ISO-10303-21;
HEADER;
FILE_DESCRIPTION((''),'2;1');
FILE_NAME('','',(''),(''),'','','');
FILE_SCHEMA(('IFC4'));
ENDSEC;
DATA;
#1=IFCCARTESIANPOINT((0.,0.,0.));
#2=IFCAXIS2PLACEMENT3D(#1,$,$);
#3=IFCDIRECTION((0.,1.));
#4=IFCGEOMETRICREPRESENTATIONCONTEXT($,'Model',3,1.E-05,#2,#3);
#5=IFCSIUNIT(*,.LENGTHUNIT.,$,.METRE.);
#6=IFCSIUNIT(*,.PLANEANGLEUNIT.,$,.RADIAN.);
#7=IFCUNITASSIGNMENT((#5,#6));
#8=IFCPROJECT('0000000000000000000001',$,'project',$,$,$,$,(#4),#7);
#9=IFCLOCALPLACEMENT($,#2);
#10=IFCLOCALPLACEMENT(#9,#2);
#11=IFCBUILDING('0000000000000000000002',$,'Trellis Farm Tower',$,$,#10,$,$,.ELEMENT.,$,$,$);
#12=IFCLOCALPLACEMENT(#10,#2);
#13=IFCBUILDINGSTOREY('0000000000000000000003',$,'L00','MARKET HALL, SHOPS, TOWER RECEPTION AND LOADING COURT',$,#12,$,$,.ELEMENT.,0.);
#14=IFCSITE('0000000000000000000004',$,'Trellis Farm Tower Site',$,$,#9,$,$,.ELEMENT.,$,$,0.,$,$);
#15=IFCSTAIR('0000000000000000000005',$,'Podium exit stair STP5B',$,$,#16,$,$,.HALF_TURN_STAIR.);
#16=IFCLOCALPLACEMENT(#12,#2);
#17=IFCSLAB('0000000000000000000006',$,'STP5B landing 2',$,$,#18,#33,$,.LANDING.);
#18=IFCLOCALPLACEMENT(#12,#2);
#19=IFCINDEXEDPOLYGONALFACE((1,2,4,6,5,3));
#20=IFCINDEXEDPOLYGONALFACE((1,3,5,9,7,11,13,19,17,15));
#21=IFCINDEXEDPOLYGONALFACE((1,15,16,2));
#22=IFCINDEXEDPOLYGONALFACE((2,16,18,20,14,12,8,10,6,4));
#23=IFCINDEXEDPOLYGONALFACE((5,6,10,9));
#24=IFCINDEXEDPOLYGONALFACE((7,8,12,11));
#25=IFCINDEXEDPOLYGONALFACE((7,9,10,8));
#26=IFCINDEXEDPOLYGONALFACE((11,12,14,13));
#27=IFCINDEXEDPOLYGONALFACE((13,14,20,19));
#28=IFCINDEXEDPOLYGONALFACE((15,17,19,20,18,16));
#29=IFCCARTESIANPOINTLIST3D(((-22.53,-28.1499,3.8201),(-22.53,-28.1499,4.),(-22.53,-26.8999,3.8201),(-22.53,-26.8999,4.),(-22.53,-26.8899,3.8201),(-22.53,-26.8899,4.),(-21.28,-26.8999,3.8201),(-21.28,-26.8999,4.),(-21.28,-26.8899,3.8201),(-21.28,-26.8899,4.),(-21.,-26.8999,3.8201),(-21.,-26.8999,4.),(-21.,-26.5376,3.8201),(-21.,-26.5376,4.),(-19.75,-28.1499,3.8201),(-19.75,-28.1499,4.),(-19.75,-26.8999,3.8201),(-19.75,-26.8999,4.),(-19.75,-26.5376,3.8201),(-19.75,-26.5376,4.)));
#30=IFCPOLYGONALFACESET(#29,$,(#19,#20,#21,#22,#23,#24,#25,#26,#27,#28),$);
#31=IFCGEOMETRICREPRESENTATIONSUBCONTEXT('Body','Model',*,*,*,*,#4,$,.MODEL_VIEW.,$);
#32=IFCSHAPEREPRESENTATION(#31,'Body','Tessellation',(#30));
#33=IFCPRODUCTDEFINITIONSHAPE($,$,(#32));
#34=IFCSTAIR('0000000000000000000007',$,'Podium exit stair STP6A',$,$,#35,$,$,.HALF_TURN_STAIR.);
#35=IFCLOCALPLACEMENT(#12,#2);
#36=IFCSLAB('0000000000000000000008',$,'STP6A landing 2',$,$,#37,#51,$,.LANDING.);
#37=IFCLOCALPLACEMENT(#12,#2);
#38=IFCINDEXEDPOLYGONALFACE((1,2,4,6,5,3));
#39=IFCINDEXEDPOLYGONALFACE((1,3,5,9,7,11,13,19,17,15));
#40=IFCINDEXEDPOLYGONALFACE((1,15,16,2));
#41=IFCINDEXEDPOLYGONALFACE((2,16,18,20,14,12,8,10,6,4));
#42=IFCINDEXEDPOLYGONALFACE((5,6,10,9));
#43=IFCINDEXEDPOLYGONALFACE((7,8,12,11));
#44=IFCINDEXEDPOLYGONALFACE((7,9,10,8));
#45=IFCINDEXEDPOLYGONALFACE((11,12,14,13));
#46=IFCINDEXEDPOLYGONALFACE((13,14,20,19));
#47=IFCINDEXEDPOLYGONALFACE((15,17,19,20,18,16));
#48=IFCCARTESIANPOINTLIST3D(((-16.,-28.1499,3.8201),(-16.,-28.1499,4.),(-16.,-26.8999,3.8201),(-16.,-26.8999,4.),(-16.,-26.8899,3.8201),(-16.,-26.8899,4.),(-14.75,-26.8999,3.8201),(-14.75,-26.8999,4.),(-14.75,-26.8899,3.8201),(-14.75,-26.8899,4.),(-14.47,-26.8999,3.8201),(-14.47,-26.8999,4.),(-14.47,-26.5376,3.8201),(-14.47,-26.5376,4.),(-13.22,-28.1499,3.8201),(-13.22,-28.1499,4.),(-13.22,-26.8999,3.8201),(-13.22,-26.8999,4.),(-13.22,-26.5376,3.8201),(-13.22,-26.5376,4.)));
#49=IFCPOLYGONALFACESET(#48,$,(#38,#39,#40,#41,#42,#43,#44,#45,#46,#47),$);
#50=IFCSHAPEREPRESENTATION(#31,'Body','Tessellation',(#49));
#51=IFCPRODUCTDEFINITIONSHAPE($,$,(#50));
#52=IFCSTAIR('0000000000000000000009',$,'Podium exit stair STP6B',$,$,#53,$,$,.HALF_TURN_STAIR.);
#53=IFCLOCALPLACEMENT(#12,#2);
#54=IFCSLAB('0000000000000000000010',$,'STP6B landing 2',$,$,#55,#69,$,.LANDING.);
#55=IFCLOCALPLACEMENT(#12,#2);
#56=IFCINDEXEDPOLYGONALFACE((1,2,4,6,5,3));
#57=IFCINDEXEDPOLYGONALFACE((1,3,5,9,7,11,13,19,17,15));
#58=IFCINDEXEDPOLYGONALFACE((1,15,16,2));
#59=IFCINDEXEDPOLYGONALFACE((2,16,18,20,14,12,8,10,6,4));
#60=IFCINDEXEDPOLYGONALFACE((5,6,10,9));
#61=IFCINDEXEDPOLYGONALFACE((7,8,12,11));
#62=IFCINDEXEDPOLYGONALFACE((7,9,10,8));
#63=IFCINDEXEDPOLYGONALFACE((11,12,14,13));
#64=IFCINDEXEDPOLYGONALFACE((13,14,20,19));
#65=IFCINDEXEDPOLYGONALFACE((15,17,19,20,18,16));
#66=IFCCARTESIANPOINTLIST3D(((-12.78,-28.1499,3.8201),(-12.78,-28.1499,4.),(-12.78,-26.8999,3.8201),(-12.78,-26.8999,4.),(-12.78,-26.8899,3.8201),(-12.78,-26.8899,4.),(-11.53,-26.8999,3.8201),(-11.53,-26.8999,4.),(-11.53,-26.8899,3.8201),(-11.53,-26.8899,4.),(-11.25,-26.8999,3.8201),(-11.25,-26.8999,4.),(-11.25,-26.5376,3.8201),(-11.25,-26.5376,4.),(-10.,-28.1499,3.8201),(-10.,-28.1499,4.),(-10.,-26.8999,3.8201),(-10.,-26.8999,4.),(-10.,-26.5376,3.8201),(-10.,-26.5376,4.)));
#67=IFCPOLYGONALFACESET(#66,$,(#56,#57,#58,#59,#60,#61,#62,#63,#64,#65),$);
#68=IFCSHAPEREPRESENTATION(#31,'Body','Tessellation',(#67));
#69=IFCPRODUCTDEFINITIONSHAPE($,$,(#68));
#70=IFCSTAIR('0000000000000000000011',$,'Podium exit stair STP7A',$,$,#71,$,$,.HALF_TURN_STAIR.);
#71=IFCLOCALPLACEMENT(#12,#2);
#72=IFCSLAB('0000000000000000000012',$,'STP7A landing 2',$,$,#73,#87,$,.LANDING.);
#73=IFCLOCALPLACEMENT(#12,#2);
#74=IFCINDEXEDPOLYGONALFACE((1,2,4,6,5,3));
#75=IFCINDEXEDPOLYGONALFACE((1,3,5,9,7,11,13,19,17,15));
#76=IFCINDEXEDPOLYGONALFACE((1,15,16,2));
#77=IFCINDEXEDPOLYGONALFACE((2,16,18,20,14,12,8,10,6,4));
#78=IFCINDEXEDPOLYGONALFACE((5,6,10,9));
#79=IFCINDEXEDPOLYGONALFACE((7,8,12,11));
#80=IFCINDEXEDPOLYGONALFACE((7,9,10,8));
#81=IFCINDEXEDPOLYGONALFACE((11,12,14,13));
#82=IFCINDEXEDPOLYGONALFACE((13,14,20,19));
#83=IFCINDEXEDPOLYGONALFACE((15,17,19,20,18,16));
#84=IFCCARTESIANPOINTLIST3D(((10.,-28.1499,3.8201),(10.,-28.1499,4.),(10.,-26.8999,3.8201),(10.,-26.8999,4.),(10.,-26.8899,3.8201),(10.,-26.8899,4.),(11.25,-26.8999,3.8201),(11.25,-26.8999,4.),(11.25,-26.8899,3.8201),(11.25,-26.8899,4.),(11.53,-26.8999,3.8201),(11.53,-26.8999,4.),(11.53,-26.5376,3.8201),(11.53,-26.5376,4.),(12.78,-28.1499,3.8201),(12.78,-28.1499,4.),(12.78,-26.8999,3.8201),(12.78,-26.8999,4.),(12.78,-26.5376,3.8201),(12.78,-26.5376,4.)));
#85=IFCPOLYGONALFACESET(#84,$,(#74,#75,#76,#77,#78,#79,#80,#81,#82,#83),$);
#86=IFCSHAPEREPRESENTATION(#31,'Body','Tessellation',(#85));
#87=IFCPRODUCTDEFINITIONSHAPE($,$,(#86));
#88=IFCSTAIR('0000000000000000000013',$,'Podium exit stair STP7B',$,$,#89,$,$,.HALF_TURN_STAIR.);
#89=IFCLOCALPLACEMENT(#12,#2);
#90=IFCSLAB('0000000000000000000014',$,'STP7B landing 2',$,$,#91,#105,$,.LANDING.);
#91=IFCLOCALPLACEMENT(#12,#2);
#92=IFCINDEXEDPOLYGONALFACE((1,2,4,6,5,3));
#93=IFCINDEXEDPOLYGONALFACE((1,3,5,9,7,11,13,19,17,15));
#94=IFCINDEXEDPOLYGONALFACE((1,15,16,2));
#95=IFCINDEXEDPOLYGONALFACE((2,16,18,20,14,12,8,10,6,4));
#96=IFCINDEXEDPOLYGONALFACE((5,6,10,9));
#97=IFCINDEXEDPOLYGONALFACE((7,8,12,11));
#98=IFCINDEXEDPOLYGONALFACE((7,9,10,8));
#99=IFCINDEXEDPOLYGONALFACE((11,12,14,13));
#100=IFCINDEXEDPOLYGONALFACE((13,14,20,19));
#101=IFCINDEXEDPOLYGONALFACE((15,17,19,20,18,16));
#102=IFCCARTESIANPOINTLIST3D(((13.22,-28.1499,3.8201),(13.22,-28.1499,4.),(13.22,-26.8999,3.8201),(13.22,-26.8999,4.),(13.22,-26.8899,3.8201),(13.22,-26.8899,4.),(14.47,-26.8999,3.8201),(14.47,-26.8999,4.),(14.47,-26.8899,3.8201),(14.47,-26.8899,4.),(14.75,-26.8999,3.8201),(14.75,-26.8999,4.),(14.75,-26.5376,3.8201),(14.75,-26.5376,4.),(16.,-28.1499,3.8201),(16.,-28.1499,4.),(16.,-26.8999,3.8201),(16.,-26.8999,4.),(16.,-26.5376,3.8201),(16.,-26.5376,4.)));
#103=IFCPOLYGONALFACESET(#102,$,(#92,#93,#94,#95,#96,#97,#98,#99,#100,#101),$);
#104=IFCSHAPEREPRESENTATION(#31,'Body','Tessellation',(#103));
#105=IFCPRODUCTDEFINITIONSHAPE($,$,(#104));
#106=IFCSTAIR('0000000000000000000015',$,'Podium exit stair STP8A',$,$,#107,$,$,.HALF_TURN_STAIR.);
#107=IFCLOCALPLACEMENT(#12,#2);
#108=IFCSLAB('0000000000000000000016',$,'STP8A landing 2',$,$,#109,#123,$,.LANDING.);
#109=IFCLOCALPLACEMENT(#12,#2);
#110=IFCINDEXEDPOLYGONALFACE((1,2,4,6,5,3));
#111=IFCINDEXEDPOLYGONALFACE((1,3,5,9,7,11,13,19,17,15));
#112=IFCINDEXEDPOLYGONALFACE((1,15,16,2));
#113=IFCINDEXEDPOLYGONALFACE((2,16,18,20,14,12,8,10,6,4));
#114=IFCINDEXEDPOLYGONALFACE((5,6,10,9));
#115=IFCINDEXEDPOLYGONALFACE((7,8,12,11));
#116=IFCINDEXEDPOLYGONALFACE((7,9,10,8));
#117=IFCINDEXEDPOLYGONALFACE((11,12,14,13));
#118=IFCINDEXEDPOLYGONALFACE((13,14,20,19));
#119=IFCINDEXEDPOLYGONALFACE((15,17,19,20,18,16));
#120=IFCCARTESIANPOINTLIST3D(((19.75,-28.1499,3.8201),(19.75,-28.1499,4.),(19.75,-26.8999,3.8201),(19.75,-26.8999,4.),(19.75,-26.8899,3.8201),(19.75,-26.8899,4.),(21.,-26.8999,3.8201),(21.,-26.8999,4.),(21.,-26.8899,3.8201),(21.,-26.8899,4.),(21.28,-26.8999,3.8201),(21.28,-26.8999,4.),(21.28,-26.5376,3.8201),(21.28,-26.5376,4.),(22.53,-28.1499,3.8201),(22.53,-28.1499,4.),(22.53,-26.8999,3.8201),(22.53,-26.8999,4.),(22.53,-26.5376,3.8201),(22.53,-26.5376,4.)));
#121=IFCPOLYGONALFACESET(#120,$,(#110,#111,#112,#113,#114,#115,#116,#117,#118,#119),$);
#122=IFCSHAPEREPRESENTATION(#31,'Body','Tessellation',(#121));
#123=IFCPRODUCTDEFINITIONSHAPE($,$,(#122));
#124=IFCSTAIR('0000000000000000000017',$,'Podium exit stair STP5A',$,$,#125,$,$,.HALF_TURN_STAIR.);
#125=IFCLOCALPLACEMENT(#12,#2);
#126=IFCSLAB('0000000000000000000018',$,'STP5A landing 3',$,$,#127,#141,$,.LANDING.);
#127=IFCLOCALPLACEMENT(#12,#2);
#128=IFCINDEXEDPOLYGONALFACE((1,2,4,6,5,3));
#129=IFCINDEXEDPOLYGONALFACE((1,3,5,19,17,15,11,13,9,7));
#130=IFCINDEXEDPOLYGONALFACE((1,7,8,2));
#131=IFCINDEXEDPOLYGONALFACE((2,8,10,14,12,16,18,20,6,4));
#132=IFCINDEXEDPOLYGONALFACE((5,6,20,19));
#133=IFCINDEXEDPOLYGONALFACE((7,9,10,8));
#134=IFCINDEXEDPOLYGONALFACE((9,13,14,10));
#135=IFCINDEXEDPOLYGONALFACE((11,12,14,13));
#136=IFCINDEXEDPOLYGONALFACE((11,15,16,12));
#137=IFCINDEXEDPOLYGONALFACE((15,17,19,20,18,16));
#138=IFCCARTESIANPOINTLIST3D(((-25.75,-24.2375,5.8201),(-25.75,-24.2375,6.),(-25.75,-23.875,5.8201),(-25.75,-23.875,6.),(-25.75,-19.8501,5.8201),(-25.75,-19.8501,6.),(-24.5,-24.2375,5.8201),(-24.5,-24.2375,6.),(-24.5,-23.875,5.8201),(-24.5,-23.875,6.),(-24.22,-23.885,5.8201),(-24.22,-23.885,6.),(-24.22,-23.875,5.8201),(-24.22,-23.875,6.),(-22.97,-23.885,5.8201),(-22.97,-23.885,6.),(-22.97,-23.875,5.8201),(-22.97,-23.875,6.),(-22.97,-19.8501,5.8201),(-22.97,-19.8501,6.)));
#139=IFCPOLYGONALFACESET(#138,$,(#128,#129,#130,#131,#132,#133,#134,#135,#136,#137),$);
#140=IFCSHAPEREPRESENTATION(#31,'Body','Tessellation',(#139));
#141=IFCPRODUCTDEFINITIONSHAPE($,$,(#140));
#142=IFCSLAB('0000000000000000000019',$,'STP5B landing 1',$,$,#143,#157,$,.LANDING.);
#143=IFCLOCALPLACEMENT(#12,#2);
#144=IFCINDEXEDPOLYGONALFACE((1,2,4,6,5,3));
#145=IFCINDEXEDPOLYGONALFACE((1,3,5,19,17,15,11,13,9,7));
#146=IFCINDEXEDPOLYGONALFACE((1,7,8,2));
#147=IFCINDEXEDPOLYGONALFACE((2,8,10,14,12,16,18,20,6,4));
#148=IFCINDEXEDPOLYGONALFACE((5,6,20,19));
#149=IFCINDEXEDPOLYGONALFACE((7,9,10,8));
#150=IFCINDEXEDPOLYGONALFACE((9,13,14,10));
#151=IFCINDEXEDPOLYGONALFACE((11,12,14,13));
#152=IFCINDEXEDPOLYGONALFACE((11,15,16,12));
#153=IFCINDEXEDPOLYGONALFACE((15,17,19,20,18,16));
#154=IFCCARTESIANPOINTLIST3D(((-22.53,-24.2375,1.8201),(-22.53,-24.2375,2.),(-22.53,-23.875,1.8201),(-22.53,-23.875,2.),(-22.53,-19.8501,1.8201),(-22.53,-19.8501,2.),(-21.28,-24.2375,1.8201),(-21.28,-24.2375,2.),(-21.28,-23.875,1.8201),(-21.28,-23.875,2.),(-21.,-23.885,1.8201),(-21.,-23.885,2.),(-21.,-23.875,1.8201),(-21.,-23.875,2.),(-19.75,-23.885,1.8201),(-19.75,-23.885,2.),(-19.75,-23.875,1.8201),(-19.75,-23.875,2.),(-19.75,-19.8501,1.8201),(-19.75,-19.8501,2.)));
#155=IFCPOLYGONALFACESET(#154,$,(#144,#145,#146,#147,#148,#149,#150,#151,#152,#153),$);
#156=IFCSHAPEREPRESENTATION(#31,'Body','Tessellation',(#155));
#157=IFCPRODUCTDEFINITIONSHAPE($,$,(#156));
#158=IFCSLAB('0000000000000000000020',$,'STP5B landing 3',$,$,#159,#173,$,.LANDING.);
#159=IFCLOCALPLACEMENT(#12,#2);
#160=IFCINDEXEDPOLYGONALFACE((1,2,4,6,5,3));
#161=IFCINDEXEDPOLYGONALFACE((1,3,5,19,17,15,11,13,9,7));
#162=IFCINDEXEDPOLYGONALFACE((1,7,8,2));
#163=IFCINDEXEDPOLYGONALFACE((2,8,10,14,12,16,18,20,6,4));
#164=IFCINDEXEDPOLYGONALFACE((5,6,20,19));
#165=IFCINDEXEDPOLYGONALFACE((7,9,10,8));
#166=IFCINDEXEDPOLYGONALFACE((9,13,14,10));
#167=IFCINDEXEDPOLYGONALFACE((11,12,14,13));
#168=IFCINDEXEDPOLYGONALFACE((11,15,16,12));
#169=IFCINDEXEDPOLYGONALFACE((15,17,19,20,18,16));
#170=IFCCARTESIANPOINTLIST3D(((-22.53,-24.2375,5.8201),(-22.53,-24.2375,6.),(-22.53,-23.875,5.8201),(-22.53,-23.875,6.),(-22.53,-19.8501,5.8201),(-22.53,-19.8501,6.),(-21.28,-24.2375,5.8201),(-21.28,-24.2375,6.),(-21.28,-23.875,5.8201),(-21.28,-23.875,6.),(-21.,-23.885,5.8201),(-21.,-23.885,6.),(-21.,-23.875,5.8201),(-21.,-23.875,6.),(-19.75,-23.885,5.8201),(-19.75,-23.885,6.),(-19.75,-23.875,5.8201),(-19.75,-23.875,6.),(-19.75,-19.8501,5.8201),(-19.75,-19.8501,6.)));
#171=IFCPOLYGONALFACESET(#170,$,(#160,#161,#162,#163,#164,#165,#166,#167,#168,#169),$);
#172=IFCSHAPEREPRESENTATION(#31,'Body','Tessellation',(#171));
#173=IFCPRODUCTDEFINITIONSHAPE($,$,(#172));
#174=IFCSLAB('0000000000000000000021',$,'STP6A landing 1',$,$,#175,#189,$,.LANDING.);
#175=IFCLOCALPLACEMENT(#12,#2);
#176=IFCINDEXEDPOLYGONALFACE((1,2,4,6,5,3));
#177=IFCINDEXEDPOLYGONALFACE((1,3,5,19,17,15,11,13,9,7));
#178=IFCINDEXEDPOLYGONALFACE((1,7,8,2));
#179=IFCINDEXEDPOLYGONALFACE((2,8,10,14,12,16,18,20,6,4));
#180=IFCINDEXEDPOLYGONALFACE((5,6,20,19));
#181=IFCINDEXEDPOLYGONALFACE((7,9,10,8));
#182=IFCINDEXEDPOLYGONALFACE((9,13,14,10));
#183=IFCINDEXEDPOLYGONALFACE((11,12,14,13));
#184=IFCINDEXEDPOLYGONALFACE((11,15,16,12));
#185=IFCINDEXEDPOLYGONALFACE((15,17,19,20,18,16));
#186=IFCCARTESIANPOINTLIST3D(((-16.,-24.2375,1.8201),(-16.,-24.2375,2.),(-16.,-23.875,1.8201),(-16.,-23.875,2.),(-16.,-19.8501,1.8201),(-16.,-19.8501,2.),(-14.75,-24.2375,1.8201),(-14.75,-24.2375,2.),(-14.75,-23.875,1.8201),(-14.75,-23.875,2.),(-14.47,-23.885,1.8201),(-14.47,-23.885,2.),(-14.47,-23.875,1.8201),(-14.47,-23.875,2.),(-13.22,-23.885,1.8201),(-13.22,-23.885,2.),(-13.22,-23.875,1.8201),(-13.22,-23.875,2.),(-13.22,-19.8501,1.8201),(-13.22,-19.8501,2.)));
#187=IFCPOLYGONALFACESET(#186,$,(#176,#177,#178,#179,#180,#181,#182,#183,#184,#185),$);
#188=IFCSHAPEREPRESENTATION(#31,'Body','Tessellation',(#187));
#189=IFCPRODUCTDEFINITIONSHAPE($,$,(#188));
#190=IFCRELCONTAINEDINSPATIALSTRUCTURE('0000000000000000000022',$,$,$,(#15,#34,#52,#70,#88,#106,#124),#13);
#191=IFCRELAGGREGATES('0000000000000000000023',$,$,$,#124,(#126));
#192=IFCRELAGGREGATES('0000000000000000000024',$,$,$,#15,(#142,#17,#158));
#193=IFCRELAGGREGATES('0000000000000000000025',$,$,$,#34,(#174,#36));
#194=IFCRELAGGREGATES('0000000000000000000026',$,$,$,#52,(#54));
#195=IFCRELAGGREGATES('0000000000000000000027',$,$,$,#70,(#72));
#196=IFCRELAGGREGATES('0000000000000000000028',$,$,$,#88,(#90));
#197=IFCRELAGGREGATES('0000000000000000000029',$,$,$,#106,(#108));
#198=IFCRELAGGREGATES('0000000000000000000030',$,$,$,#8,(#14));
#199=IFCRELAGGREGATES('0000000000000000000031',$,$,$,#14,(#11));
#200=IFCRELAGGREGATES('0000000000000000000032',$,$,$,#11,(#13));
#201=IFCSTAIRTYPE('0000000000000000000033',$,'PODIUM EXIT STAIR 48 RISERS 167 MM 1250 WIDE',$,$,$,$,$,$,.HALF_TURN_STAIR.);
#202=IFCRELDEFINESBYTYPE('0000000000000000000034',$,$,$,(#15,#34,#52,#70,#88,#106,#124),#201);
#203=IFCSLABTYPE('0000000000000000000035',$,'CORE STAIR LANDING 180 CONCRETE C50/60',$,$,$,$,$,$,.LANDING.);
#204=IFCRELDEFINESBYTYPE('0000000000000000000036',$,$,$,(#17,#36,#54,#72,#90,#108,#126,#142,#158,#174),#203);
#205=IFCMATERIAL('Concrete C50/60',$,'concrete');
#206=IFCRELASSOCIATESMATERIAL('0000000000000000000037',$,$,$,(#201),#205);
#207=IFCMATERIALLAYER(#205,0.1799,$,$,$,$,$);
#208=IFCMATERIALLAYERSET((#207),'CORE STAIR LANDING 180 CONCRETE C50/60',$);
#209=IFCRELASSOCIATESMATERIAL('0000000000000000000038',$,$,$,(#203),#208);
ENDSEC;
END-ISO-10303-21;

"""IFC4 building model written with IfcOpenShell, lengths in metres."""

from ifc_helpers import new_model, si_unit, direction, frame, origin, place, context, subcontext, project, spatial, polyline, outline, extrude, source, transform, mapped, material, layer, layer_set, type_object, element, aggregate, save


model = new_model("IFC4")

# Units and contexts
model_context = context("Model", 3, precision=1e-05, world=origin(), true_north=direction((0.0, 1.0)))
body_context = subcontext(model_context, "Body", "Model", "MODEL_VIEW")
ifc_project = project(units=[si_unit("LENGTHUNIT", "METRE"), si_unit("PLANEANGLEUNIT", "RADIAN")], contexts=[model_context])

# Site, building, storey
site_placement = place(None, origin())
site = spatial("IfcSite", under=ifc_project, at=site_placement, Name="Trellis Farm Tower Site", CompositionType="ELEMENT", RefElevation=0.0)
building_placement = place(site_placement, origin())
building = spatial("IfcBuilding", under=site, at=building_placement, Name="Trellis Farm Tower", CompositionType="ELEMENT")
storey_placement = place(building_placement, origin())
storey = spatial("IfcBuildingStorey", under=building, at=storey_placement, Name="L00", Description="MARKET HALL, SHOPS, TOWER RECEPTION AND LOADING COURT", CompositionType="ELEMENT", Elevation=0.0)

# Stairs, slabs
ifc_material = material(Name="Concrete C50/60", Category="concrete")
stair_type = type_object("IfcStairType", Name="PODIUM EXIT STAIR 48 RISERS 167 MM 1250 WIDE", PredefinedType="HALF_TURN_STAIR", material=ifc_material)
placement_1 = place(storey_placement, origin())
stair_1 = element("IfcStair", 1, at=placement_1, inside=storey, type_object=stair_type, Name="Podium exit stair STP5B", PredefinedType="HALF_TURN_STAIR")
ifc_layer = layer(ifc_material, 0.1799)
ifc_layer_set = layer_set([ifc_layer], Name="CORE STAIR LANDING 180 CONCRETE C50/60")
slab_type = type_object("IfcSlabType", Name="CORE STAIR LANDING 180 CONCRETE C50/60", PredefinedType="LANDING", material=ifc_layer_set)
placement_2 = place(storey_placement, frame((0.0, 0.0, 3.8201)))
slab_1 = element("IfcSlab", 2, at=placement_2, type_object=slab_type, Name="STP5B landing 2", PredefinedType="LANDING", context=body_context, shape_type="SweptSolid", body=[
    extrude(outline(polyline([(-19.75, -28.1499), (-22.53, -28.1499), (-22.53, -26.8999), (-22.53, -26.8899), (-21.28, -26.8899), (-21.28, -26.8999), (-21.0, -26.8999), (-21.0, -26.5376), (-19.75, -26.5376), (-19.75, -26.8999), (-19.75, -28.1499)])), origin(), (0.0, 0.0, 1.0), 0.1799),
])
stair_2 = element("IfcStair", 3, at=placement_1, inside=storey, type_object=stair_type, Name="Podium exit stair STP6A", PredefinedType="HALF_TURN_STAIR")
slab_2 = element("IfcSlab", 4, at=placement_2, type_object=slab_type, Name="STP6A landing 2", PredefinedType="LANDING", context=body_context, shape_type="SweptSolid", body=[
    extrude(outline(polyline([(-13.22, -28.1499), (-16.0, -28.1499), (-16.0, -26.8999), (-16.0, -26.8899), (-14.75, -26.8899), (-14.75, -26.8999), (-14.47, -26.8999), (-14.47, -26.5376), (-13.22, -26.5376), (-13.22, -26.8999), (-13.22, -28.1499)])), origin(), (0.0, 0.0, 1.0), 0.1799),
])
stair_3 = element("IfcStair", 5, at=placement_1, inside=storey, type_object=stair_type, Name="Podium exit stair STP6B", PredefinedType="HALF_TURN_STAIR")
slab_3 = element("IfcSlab", 6, at=placement_2, type_object=slab_type, Name="STP6B landing 2", PredefinedType="LANDING", context=body_context, shape_type="SweptSolid", body=[
    extrude(outline(polyline([(-10.0, -28.1499), (-12.78, -28.1499), (-12.78, -26.8999), (-12.78, -26.8899), (-11.53, -26.8899), (-11.53, -26.8999), (-11.25, -26.8999), (-11.25, -26.5376), (-10.0, -26.5376), (-10.0, -26.8999), (-10.0, -28.1499)])), origin(), (0.0, 0.0, 1.0), 0.1799),
])
stair_4 = element("IfcStair", 7, at=placement_1, inside=storey, type_object=stair_type, Name="Podium exit stair STP7A", PredefinedType="HALF_TURN_STAIR")
slab_4 = element("IfcSlab", 8, at=placement_2, type_object=slab_type, Name="STP7A landing 2", PredefinedType="LANDING", context=body_context, shape_type="SweptSolid", body=[
    extrude(outline(polyline([(12.78, -28.1499), (10.0, -28.1499), (10.0, -26.8999), (10.0, -26.8899), (11.25, -26.8899), (11.25, -26.8999), (11.53, -26.8999), (11.53, -26.5376), (12.78, -26.5376), (12.78, -26.8999), (12.78, -28.1499)])), origin(), (0.0, 0.0, 1.0), 0.1799),
])
stair_5 = element("IfcStair", 9, at=placement_1, inside=storey, type_object=stair_type, Name="Podium exit stair STP7B", PredefinedType="HALF_TURN_STAIR")
slab_5 = element("IfcSlab", 10, at=placement_2, type_object=slab_type, Name="STP7B landing 2", PredefinedType="LANDING", context=body_context, shape_type="SweptSolid", body=[
    extrude(outline(polyline([(16.0, -28.1499), (13.22, -28.1499), (13.22, -26.8999), (13.22, -26.8899), (14.47, -26.8899), (14.47, -26.8999), (14.75, -26.8999), (14.75, -26.5376), (16.0, -26.5376), (16.0, -26.8999), (16.0, -28.1499)])), origin(), (0.0, 0.0, 1.0), 0.1799),
])
stair_6 = element("IfcStair", 11, at=placement_1, inside=storey, type_object=stair_type, Name="Podium exit stair STP8A", PredefinedType="HALF_TURN_STAIR")
slab_6 = element("IfcSlab", 12, at=placement_2, type_object=slab_type, Name="STP8A landing 2", PredefinedType="LANDING", context=body_context, shape_type="SweptSolid", body=[
    extrude(outline(polyline([(22.53, -28.1499), (19.75, -28.1499), (19.75, -26.8999), (19.75, -26.8899), (21.0, -26.8899), (21.0, -26.8999), (21.28, -26.8999), (21.28, -26.5376), (22.53, -26.5376), (22.53, -26.8999), (22.53, -28.1499)])), origin(), (0.0, 0.0, 1.0), 0.1799),
])
stair_7 = element("IfcStair", 13, at=placement_1, inside=storey, type_object=stair_type, Name="Podium exit stair STP5A", PredefinedType="HALF_TURN_STAIR")
shared_shape_1 = source(origin(), body_context, "Body", "SweptSolid", [
    extrude(outline(polyline([(-24.5, -24.2375), (-25.75, -24.2375), (-25.75, -23.875), (-25.75, -19.8501), (-22.97, -19.8501), (-22.97, -23.875), (-22.97, -23.885), (-24.22, -23.885), (-24.22, -23.875), (-24.5, -23.875), (-24.5, -24.2375)])), origin(), (0.0, 0.0, 1.0), 0.1799),
])
placement_3 = place(storey_placement, frame((0.0, 0.0, 5.8201)))
slab_7 = element("IfcSlab", 14, at=placement_3, type_object=slab_type, Name="STP5A landing 3", PredefinedType="LANDING", context=body_context, shape_type="MappedRepresentation", body=[
    mapped(shared_shape_1, transform((0.0, 0.0, 0.0))),
])
aggregate(stair_7, [slab_7])

# Slabs
shared_shape_2 = source(origin(), body_context, "Body", "SweptSolid", [
    extrude(outline(polyline([(-21.28, -24.2375), (-22.53, -24.2375), (-22.53, -23.875), (-22.53, -19.8501), (-19.75, -19.8501), (-19.75, -23.875), (-19.75, -23.885), (-21.0, -23.885), (-21.0, -23.875), (-21.28, -23.875), (-21.28, -24.2375)])), origin(), (0.0, 0.0, 1.0), 0.1799),
])
placement_4 = place(storey_placement, frame((0.0, 0.0, 1.8201)))
slab_8 = element("IfcSlab", 15, at=placement_4, type_object=slab_type, Name="STP5B landing 1", PredefinedType="LANDING", context=body_context, shape_type="MappedRepresentation", body=[
    mapped(shared_shape_2, transform((0.0, 0.0, 0.0))),
])
slab_9 = element("IfcSlab", 16, at=placement_3, type_object=slab_type, Name="STP5B landing 3", PredefinedType="LANDING", context=body_context, shape_type="MappedRepresentation", body=[
    mapped(shared_shape_2, transform((0.0, 0.0, 0.0))),
])
aggregate(stair_1, [slab_8, slab_1, slab_9])
shared_shape_3 = source(origin(), body_context, "Body", "SweptSolid", [
    extrude(outline(polyline([(-14.75, -24.2375), (-16.0, -24.2375), (-16.0, -23.875), (-16.0, -19.8501), (-13.22, -19.8501), (-13.22, -23.875), (-13.22, -23.885), (-14.47, -23.885), (-14.47, -23.875), (-14.75, -23.875), (-14.75, -24.2375)])), origin(), (0.0, 0.0, 1.0), 0.1799),
])
slab_10 = element("IfcSlab", 17, at=placement_4, type_object=slab_type, Name="STP6A landing 1", PredefinedType="LANDING", context=body_context, shape_type="MappedRepresentation", body=[
    mapped(shared_shape_3, transform((0.0, 0.0, 0.0))),
])
aggregate(stair_2, [slab_10, slab_2])
aggregate(stair_3, [slab_3])
aggregate(stair_4, [slab_4])
aggregate(stair_5, [slab_5])
aggregate(stair_6, [slab_6])

save(model, "model.ifc")
